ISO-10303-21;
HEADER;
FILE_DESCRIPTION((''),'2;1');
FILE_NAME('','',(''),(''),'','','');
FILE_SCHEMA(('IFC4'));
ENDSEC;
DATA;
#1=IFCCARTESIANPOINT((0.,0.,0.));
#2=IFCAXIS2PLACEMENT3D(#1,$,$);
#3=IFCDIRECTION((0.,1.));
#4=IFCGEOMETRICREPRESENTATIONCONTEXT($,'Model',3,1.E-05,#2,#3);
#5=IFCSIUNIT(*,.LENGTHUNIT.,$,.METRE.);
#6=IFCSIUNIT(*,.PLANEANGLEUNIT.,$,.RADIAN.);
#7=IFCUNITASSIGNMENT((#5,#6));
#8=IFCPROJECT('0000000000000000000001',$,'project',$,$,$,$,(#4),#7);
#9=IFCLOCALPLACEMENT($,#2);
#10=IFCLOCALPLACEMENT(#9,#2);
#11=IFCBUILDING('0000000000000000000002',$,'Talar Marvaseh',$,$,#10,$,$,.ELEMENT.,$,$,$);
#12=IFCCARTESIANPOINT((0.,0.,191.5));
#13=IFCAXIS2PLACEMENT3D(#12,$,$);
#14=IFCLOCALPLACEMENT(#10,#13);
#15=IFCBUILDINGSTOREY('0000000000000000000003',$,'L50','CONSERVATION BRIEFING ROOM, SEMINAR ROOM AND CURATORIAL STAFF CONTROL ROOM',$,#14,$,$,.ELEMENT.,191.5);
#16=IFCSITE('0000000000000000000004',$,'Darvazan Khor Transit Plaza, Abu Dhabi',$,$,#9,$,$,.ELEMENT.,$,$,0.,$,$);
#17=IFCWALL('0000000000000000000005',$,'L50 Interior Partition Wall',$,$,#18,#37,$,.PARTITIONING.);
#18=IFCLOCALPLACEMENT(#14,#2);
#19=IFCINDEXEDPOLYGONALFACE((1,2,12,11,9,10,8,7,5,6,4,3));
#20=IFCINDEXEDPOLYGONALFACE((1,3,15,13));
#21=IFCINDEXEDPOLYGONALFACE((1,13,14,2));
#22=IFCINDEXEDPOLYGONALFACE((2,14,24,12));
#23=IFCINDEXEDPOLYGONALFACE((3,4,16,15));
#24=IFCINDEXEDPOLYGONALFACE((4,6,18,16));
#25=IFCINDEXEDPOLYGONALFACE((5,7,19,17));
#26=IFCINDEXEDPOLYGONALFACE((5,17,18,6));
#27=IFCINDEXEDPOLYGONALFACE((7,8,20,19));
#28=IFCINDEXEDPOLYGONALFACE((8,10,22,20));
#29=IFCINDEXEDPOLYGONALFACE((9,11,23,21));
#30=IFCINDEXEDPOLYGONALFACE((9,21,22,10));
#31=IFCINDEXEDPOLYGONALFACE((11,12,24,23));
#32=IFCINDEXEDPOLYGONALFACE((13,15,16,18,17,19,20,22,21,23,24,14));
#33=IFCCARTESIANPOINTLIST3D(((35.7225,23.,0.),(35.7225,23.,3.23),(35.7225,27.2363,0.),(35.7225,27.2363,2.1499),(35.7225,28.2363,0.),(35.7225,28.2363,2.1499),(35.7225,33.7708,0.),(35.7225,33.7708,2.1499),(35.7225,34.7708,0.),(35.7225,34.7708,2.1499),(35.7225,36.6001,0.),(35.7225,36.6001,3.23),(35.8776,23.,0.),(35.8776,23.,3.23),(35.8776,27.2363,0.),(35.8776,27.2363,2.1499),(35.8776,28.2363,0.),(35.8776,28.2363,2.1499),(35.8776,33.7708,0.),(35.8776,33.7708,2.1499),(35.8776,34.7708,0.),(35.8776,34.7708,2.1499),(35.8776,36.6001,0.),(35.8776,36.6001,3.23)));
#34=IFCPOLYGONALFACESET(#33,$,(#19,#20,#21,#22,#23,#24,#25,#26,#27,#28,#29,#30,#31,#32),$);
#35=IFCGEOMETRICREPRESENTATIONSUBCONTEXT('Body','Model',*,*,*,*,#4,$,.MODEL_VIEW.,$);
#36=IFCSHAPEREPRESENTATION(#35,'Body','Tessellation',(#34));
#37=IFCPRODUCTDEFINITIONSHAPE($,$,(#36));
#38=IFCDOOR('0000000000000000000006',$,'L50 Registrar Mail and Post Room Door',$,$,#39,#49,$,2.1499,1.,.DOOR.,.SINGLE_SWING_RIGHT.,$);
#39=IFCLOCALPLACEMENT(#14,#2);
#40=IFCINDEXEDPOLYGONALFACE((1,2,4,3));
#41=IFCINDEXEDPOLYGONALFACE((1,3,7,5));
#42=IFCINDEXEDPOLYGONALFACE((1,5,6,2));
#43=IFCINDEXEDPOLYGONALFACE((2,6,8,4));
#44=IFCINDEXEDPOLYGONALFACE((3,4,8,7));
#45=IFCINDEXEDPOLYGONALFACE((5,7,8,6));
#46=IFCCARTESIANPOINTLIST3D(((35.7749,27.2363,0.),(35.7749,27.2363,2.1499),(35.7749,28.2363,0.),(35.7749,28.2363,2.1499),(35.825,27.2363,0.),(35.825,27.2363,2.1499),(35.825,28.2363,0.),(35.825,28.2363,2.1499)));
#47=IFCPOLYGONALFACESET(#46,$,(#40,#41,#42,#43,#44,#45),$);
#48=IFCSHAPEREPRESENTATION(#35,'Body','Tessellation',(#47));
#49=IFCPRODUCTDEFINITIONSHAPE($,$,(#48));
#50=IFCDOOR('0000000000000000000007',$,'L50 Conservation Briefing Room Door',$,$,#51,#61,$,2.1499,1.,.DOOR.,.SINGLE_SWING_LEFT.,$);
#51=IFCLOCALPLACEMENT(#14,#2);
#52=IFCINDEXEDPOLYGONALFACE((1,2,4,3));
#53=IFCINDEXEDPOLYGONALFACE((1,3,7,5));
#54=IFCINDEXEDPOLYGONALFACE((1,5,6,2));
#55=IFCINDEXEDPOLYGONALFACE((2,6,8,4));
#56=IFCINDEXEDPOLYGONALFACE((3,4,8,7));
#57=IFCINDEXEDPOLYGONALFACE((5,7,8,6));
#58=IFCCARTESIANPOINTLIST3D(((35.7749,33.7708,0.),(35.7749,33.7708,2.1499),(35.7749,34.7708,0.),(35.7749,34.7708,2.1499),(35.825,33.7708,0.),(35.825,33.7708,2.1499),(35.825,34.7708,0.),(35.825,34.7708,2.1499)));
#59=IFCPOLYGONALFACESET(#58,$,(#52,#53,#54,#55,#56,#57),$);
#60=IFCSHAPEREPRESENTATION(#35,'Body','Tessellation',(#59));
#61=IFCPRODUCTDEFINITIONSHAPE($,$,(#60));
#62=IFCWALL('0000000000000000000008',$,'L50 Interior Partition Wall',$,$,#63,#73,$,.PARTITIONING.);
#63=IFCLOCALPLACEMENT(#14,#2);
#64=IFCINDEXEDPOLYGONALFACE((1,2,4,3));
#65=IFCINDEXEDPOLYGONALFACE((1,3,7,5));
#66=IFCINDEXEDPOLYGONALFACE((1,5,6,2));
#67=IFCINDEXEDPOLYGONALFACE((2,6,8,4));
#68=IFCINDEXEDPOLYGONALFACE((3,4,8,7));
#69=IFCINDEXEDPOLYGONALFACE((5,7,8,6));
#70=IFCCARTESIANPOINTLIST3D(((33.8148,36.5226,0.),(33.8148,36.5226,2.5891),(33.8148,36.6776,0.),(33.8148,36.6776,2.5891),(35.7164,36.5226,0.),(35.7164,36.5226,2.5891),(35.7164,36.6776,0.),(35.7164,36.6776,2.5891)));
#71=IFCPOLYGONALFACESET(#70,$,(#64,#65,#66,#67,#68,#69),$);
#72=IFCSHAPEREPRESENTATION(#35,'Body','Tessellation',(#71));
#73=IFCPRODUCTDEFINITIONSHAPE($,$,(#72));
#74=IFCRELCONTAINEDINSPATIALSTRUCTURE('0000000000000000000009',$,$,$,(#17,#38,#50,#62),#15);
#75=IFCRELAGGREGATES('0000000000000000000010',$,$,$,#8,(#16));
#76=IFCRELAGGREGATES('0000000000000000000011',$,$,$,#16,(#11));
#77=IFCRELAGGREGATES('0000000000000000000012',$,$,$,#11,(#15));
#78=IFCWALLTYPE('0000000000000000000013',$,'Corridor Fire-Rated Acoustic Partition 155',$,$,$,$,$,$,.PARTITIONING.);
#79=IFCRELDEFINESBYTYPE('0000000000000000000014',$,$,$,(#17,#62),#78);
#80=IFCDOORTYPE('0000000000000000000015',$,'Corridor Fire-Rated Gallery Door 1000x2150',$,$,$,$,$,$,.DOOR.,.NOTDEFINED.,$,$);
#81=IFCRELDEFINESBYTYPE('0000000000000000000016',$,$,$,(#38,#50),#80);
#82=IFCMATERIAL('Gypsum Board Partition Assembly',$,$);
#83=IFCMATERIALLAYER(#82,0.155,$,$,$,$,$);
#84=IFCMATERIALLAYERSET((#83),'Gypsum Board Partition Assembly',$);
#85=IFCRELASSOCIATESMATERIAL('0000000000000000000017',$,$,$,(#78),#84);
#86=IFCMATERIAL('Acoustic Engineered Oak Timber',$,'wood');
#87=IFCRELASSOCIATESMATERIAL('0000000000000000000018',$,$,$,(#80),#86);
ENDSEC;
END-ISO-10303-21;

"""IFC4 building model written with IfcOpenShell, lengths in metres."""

from ifc_helpers import new_model, si_unit, direction, frame, frame_2d, origin, place, context, subcontext, project, spatial, rectangle, extrude, source, transform, mapped, material, layer, layer_set, type_object, type_shapes, element, fill, save


model = new_model("IFC4")

# Units and contexts
model_context = context("Model", 3, precision=1e-05, world=origin(), true_north=direction((0.0, 1.0)))
body_context = subcontext(model_context, "Body", "Model", "MODEL_VIEW")
ifc_project = project(units=[si_unit("LENGTHUNIT", "METRE"), si_unit("PLANEANGLEUNIT", "RADIAN")], contexts=[model_context])

# Site, building, storey
site_placement = place(None, origin())
site = spatial("IfcSite", under=ifc_project, at=site_placement, Name="Darvazan Khor Transit Plaza, Abu Dhabi", CompositionType="ELEMENT", RefElevation=0.0)
building_placement = place(site_placement, origin())
building = spatial("IfcBuilding", under=site, at=building_placement, Name="Talar Marvaseh", CompositionType="ELEMENT")
storey_placement = place(building_placement, frame((0.0, 0.0, 191.5)))
storey = spatial("IfcBuildingStorey", under=building, at=storey_placement, Name="L50", Description="CONSERVATION BRIEFING ROOM, SEMINAR ROOM AND CURATORIAL STAFF CONTROL ROOM", CompositionType="ELEMENT", Elevation=191.5)

# Wall, openings, doors
ifc_material_1 = material(Name="Gypsum Board Partition Assembly")
ifc_layer_1 = layer(ifc_material_1, 0.155)
ifc_layer_set_1 = layer_set([ifc_layer_1], Name="Gypsum Board Partition Assembly")
wall_type_1 = type_object("IfcWallType", Name="Corridor Fire-Rated Acoustic Partition 155", PredefinedType="PARTITIONING", material=ifc_layer_set_1)
wall_1_placement = place(storey_placement, frame((35.8, 36.6001, 0.0), z_axis=(0.0, 0.0, 1.0), x_axis=(0.0, -1.0, 0.0)))
wall_1 = element("IfcWall", 1, at=wall_1_placement, inside=storey, type_object=wall_type_1, Name="L50 Interior Partition Wall", PredefinedType="PARTITIONING", context=body_context, shape_type="SweptSolid", body=[
    extrude(rectangle(XDim=13.6001, YDim=0.155, at=frame_2d((6.8, 0.0))), origin(), (0.0, 0.0, 1.0), 3.23),
])
opening_1_placement = place(wall_1_placement, frame((8.3638, 0.0, 0.0)))
opening_1 = element("IfcOpeningElement", 2, at=opening_1_placement, cuts=wall_1, PredefinedType="OPENING", context=body_context, shape_type="SweptSolid", body=[
    extrude(rectangle(XDim=1.0, YDim=2.1499, at=frame_2d((0.5, 1.075))), frame((0.0, 0.0874, 0.0), z_axis=(0.0, -1.0, 0.0), x_axis=(1.0, 0.0, 0.0)), (0.0, 0.0, 1.0), 0.175),
])
opening_2_placement = place(wall_1_placement, frame((1.8293, 0.0, 0.0)))
opening_2 = element("IfcOpeningElement", 3, at=opening_2_placement, cuts=wall_1, PredefinedType="OPENING", context=body_context, shape_type="SweptSolid", body=[
    extrude(rectangle(XDim=1.0, YDim=2.1499, at=frame_2d((0.5, 1.075))), frame((0.0, 0.0874, 0.0), z_axis=(0.0, -1.0, 0.0), x_axis=(1.0, 0.0, 0.0)), (0.0, 0.0, 1.0), 0.175),
])
ifc_material_2 = material(Name="Acoustic Engineered Oak Timber", Category="wood")
door_type_1 = type_object("IfcDoorType", Name="Corridor Fire-Rated Gallery Door 1000x2150", OperationType="NOTDEFINED", PredefinedType="DOOR", material=ifc_material_2)
shared_shape_1 = source(origin(), body_context, "Body", "SweptSolid", [
    extrude(rectangle(XDim=1.0, YDim=2.1499, at=frame_2d((0.5, 1.075))), frame((0.0, 0.0249, 0.0), z_axis=(0.0, -1.0, 0.0), x_axis=(1.0, 0.0, 0.0)), (0.0, 0.0, 1.0), 0.05),
])
type_shapes(door_type_1, [shared_shape_1])
door_1_placement = place(opening_1_placement, origin())
door_1 = element("IfcDoor", 4, at=door_1_placement, inside=storey, type_object=door_type_1, Name="L50 Registrar Mail and Post Room Door", OperationType="SINGLE_SWING_RIGHT", OverallHeight=2.1499, OverallWidth=1.0, PredefinedType="DOOR", context=body_context, shape_type="MappedRepresentation", body=[
    mapped(shared_shape_1, transform((0.0, 0.0, 0.0), x_axis=(1.0, 0.0, 0.0), y_axis=(0.0, 1.0, 0.0), z_axis=(0.0, 0.0, 1.0), scale=1.0)),
])
fill(opening_1, door_1)
door_2_placement = place(opening_2_placement, origin())
door_2 = element("IfcDoor", 5, at=door_2_placement, inside=storey, type_object=door_type_1, Name="L50 Conservation Briefing Room Door", OperationType="SINGLE_SWING_LEFT", OverallHeight=2.1499, OverallWidth=1.0, PredefinedType="DOOR", context=body_context, shape_type="MappedRepresentation", body=[
    mapped(shared_shape_1, transform((0.0, 0.0, 0.0), x_axis=(1.0, 0.0, 0.0), y_axis=(0.0, 1.0, 0.0), z_axis=(0.0, 0.0, 1.0), scale=1.0)),
])
fill(opening_2, door_2)

# Wall
wall_2_placement = place(storey_placement, frame((33.8149, 36.6001, 0.0), z_axis=(0.0, 0.0, 1.0), x_axis=(1.0, 0.0, 0.0)))
element("IfcWall", 6, at=wall_2_placement, inside=storey, type_object=wall_type_1, Name="L50 Interior Partition Wall", PredefinedType="PARTITIONING", context=body_context, shape_type="SweptSolid", body=[
    extrude(rectangle(XDim=1.9016, YDim=0.155, at=frame_2d((0.9507, 0.0))), origin(), (0.0, 0.0, 1.0), 2.5891),
])

save(model, "model.ifc")
